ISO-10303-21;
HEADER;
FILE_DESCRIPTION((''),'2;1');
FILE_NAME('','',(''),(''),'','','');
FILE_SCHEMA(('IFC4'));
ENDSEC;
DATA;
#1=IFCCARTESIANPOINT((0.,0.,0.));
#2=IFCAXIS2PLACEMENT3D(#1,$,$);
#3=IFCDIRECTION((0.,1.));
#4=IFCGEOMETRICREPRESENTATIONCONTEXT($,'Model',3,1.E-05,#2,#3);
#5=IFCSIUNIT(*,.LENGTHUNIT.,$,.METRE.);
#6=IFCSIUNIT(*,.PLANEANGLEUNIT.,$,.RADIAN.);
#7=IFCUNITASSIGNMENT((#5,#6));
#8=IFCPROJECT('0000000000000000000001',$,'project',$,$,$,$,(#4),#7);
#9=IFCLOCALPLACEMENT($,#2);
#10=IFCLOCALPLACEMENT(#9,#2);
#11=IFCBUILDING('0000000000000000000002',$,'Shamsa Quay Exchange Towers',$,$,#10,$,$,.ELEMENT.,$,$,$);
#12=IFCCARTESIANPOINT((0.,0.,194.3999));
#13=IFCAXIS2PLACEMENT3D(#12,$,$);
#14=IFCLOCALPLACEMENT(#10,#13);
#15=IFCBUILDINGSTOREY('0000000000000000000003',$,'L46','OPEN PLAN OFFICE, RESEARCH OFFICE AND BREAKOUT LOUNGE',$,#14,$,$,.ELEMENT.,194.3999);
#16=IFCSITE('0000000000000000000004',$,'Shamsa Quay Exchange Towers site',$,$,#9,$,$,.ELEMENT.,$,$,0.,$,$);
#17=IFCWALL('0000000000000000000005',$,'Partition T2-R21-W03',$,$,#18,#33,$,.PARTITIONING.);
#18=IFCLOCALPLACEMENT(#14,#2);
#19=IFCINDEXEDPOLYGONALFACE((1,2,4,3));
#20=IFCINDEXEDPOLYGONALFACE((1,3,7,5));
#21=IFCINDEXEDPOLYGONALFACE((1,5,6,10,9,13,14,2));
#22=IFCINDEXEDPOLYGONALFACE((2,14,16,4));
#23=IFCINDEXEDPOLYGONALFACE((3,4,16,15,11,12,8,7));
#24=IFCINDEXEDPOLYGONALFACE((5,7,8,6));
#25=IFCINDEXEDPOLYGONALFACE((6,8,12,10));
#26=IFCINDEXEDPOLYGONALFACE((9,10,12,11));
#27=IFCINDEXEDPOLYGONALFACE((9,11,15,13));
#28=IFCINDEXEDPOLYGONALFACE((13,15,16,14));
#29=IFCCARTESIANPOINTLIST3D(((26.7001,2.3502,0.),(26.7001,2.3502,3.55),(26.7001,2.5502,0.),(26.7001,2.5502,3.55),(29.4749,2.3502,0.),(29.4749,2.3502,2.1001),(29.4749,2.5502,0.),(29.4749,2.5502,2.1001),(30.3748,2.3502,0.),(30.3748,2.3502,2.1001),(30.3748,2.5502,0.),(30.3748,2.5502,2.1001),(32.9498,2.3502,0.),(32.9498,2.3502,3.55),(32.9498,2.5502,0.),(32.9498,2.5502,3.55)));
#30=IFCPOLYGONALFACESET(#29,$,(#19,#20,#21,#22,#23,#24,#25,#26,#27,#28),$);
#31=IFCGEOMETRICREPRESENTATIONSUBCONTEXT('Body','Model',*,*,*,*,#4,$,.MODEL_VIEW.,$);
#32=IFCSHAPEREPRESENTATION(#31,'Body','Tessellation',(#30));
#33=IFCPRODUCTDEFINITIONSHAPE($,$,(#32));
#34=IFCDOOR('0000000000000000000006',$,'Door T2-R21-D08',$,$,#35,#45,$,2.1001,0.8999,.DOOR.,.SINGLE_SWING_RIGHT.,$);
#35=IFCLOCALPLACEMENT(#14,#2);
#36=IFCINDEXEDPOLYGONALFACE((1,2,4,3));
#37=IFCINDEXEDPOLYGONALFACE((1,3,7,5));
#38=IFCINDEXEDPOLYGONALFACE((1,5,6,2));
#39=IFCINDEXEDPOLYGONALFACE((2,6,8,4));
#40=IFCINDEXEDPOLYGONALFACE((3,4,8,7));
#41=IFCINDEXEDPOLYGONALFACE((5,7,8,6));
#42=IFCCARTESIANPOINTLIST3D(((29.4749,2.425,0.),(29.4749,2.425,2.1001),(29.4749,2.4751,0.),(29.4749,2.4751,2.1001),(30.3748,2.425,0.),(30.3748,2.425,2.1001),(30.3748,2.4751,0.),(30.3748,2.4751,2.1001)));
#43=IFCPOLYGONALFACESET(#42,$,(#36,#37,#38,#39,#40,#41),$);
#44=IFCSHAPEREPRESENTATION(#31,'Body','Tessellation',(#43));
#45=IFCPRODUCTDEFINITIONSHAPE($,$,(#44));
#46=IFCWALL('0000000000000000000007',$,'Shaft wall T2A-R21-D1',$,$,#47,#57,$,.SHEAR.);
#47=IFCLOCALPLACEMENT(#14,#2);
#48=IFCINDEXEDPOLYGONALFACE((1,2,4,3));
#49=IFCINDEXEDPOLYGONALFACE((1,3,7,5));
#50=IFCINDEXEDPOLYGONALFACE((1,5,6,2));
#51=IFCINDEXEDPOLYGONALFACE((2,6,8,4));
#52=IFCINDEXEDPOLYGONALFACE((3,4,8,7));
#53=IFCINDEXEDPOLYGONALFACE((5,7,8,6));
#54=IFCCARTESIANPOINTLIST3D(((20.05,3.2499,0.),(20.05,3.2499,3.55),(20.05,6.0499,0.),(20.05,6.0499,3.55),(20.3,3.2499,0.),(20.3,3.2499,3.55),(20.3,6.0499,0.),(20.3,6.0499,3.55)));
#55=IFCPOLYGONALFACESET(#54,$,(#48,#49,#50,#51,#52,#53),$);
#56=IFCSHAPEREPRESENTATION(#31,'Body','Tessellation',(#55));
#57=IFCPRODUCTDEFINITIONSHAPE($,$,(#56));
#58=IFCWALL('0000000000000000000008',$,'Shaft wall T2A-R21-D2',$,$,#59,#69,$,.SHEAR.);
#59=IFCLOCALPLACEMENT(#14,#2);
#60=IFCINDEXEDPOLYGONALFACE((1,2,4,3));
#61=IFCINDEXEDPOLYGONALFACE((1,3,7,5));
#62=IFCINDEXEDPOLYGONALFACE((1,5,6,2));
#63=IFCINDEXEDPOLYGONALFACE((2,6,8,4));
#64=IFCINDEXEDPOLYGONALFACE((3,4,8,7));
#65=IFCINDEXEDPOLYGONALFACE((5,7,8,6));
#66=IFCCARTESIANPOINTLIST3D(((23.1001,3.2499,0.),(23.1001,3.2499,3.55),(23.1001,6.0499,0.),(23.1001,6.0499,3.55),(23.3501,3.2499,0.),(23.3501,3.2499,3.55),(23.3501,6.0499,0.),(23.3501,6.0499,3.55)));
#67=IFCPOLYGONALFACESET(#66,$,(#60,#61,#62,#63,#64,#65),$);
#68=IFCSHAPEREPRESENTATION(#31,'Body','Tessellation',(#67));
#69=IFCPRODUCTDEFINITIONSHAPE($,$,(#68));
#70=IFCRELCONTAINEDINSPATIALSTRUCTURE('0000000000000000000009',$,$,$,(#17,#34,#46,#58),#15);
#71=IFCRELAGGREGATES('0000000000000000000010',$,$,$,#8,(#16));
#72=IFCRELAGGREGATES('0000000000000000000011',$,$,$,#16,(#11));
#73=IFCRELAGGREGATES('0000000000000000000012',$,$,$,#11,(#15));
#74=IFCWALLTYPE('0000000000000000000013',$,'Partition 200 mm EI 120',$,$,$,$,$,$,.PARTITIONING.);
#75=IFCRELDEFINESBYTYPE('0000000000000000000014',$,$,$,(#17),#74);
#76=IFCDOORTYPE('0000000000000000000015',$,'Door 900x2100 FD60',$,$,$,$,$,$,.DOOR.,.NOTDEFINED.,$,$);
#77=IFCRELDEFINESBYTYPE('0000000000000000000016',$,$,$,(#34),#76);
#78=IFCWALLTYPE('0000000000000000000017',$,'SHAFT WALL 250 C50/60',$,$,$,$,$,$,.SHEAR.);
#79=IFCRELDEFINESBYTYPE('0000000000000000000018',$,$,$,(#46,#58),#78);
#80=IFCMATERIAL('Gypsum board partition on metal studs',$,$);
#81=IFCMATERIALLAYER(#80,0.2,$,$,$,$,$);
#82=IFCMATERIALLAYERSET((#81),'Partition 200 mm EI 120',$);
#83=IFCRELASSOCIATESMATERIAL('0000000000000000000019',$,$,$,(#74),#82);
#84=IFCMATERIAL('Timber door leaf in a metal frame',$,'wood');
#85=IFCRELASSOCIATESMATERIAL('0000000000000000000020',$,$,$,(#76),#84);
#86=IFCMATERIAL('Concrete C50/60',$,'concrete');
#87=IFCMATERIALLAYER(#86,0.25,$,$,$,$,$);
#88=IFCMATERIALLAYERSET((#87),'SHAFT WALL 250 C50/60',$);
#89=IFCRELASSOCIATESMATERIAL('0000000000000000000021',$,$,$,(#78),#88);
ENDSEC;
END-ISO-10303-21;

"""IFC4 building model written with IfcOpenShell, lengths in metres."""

from ifc_helpers import new_model, si_unit, direction, frame, frame_2d, origin, place, context, subcontext, project, spatial, rectangle, extrude, material, layer, layer_set, type_object, element, fill, save


model = new_model("IFC4")

# Units and contexts
model_context = context("Model", 3, precision=1e-05, world=origin(), true_north=direction((0.0, 1.0)))
body_context = subcontext(model_context, "Body", "Model", "MODEL_VIEW")
ifc_project = project(units=[si_unit("LENGTHUNIT", "METRE"), si_unit("PLANEANGLEUNIT", "RADIAN")], contexts=[model_context])

# Site, building, storey
site_placement = place(None, origin())
site = spatial("IfcSite", under=ifc_project, at=site_placement, Name="Shamsa Quay Exchange Towers site", CompositionType="ELEMENT", RefElevation=0.0)
building_placement = place(site_placement, origin())
building = spatial("IfcBuilding", under=site, at=building_placement, Name="Shamsa Quay Exchange Towers", CompositionType="ELEMENT")
storey_placement = place(building_placement, frame((0.0, 0.0, 194.3999)))
storey = spatial("IfcBuildingStorey", under=building, at=storey_placement, Name="L46", Description="OPEN PLAN OFFICE, RESEARCH OFFICE AND BREAKOUT LOUNGE", CompositionType="ELEMENT", Elevation=194.3999)

# Wall, opening, door
ifc_material_1 = material(Name="Gypsum board partition on metal studs")
ifc_layer_1 = layer(ifc_material_1, 0.2)
ifc_layer_set_1 = layer_set([ifc_layer_1], Name="Partition 200 mm EI 120")
wall_type_1 = type_object("IfcWallType", Name="Partition 200 mm EI 120", PredefinedType="PARTITIONING", material=ifc_layer_set_1)
wall_1_placement = place(storey_placement, frame((26.7, 2.4502, 0.0)))
wall_1 = element("IfcWall", 1, at=wall_1_placement, inside=storey, type_object=wall_type_1, Name="Partition T2-R21-W03", PredefinedType="PARTITIONING", context=body_context, shape_type="SweptSolid", body=[
    extrude(rectangle(XDim=6.2498, YDim=0.2, at=frame_2d((3.125, 0.0))), origin(), (0.0, 0.0, 1.0), 3.55),
])
opening_1_placement = place(wall_1_placement, frame((2.7749, 0.0, 0.0)))
opening_1 = element("IfcOpeningElement", 2, at=opening_1_placement, cuts=wall_1, PredefinedType="OPENING", context=body_context, shape_type="SweptSolid", body=[
    extrude(rectangle(XDim=0.8999, YDim=2.1001, at=frame_2d((0.45, 1.05))), frame((0.0, 0.1099, 0.0), z_axis=(0.0, -1.0, 0.0), x_axis=(1.0, 0.0, 0.0)), (0.0, 0.0, 1.0), 0.22),
])
ifc_material_2 = material(Name="Timber door leaf in a metal frame", Category="wood")
door_type_1 = type_object("IfcDoorType", Name="Door 900x2100 FD60", OperationType="NOTDEFINED", PredefinedType="DOOR", material=ifc_material_2)
door_1_placement = place(opening_1_placement, origin())
door_1 = element("IfcDoor", 3, at=door_1_placement, inside=storey, type_object=door_type_1, Name="Door T2-R21-D08", OperationType="SINGLE_SWING_RIGHT", OverallHeight=2.1001, OverallWidth=0.8999, PredefinedType="DOOR", context=body_context, shape_type="SweptSolid", body=[
    extrude(rectangle(XDim=0.8999, YDim=2.1001, at=frame_2d((0.45, 1.05))), frame((0.0, 0.0249, 0.0), z_axis=(0.0, -1.0, 0.0), x_axis=(1.0, 0.0, 0.0)), (0.0, 0.0, 1.0), 0.05),
])
fill(opening_1, door_1)

# Walls
ifc_material_3 = material(Name="Concrete C50/60", Category="concrete")
ifc_layer_2 = layer(ifc_material_3, 0.25)
ifc_layer_set_2 = layer_set([ifc_layer_2], Name="SHAFT WALL 250 C50/60")
wall_type_2 = type_object("IfcWallType", Name="SHAFT WALL 250 C50/60", PredefinedType="SHEAR", material=ifc_layer_set_2)
for number, where, z_axis, x_axis, name in (
    (4, (20.175, 3.25, 0.0), (0.0, 0.0, 1.0), (0.0, 1.0, 0.0), "Shaft wall T2A-R21-D1"),
    (5, (23.2251, 3.25, 0.0), (0.0, 0.0, 1.0), (0.0, 1.0, 0.0), "Shaft wall T2A-R21-D2"),
):
    element("IfcWall", number, at=place(storey_placement, frame(where, z_axis=z_axis, x_axis=x_axis)), inside=storey, type_object=wall_type_2, Name=name, PredefinedType="SHEAR", context=body_context, shape_type="SweptSolid", body=[
        extrude(rectangle(XDim=2.8, YDim=0.25, at=frame_2d((1.3999, 0.0))), origin(), (0.0, 0.0, 1.0), 3.55),
    ])

save(model, "model.ifc")
